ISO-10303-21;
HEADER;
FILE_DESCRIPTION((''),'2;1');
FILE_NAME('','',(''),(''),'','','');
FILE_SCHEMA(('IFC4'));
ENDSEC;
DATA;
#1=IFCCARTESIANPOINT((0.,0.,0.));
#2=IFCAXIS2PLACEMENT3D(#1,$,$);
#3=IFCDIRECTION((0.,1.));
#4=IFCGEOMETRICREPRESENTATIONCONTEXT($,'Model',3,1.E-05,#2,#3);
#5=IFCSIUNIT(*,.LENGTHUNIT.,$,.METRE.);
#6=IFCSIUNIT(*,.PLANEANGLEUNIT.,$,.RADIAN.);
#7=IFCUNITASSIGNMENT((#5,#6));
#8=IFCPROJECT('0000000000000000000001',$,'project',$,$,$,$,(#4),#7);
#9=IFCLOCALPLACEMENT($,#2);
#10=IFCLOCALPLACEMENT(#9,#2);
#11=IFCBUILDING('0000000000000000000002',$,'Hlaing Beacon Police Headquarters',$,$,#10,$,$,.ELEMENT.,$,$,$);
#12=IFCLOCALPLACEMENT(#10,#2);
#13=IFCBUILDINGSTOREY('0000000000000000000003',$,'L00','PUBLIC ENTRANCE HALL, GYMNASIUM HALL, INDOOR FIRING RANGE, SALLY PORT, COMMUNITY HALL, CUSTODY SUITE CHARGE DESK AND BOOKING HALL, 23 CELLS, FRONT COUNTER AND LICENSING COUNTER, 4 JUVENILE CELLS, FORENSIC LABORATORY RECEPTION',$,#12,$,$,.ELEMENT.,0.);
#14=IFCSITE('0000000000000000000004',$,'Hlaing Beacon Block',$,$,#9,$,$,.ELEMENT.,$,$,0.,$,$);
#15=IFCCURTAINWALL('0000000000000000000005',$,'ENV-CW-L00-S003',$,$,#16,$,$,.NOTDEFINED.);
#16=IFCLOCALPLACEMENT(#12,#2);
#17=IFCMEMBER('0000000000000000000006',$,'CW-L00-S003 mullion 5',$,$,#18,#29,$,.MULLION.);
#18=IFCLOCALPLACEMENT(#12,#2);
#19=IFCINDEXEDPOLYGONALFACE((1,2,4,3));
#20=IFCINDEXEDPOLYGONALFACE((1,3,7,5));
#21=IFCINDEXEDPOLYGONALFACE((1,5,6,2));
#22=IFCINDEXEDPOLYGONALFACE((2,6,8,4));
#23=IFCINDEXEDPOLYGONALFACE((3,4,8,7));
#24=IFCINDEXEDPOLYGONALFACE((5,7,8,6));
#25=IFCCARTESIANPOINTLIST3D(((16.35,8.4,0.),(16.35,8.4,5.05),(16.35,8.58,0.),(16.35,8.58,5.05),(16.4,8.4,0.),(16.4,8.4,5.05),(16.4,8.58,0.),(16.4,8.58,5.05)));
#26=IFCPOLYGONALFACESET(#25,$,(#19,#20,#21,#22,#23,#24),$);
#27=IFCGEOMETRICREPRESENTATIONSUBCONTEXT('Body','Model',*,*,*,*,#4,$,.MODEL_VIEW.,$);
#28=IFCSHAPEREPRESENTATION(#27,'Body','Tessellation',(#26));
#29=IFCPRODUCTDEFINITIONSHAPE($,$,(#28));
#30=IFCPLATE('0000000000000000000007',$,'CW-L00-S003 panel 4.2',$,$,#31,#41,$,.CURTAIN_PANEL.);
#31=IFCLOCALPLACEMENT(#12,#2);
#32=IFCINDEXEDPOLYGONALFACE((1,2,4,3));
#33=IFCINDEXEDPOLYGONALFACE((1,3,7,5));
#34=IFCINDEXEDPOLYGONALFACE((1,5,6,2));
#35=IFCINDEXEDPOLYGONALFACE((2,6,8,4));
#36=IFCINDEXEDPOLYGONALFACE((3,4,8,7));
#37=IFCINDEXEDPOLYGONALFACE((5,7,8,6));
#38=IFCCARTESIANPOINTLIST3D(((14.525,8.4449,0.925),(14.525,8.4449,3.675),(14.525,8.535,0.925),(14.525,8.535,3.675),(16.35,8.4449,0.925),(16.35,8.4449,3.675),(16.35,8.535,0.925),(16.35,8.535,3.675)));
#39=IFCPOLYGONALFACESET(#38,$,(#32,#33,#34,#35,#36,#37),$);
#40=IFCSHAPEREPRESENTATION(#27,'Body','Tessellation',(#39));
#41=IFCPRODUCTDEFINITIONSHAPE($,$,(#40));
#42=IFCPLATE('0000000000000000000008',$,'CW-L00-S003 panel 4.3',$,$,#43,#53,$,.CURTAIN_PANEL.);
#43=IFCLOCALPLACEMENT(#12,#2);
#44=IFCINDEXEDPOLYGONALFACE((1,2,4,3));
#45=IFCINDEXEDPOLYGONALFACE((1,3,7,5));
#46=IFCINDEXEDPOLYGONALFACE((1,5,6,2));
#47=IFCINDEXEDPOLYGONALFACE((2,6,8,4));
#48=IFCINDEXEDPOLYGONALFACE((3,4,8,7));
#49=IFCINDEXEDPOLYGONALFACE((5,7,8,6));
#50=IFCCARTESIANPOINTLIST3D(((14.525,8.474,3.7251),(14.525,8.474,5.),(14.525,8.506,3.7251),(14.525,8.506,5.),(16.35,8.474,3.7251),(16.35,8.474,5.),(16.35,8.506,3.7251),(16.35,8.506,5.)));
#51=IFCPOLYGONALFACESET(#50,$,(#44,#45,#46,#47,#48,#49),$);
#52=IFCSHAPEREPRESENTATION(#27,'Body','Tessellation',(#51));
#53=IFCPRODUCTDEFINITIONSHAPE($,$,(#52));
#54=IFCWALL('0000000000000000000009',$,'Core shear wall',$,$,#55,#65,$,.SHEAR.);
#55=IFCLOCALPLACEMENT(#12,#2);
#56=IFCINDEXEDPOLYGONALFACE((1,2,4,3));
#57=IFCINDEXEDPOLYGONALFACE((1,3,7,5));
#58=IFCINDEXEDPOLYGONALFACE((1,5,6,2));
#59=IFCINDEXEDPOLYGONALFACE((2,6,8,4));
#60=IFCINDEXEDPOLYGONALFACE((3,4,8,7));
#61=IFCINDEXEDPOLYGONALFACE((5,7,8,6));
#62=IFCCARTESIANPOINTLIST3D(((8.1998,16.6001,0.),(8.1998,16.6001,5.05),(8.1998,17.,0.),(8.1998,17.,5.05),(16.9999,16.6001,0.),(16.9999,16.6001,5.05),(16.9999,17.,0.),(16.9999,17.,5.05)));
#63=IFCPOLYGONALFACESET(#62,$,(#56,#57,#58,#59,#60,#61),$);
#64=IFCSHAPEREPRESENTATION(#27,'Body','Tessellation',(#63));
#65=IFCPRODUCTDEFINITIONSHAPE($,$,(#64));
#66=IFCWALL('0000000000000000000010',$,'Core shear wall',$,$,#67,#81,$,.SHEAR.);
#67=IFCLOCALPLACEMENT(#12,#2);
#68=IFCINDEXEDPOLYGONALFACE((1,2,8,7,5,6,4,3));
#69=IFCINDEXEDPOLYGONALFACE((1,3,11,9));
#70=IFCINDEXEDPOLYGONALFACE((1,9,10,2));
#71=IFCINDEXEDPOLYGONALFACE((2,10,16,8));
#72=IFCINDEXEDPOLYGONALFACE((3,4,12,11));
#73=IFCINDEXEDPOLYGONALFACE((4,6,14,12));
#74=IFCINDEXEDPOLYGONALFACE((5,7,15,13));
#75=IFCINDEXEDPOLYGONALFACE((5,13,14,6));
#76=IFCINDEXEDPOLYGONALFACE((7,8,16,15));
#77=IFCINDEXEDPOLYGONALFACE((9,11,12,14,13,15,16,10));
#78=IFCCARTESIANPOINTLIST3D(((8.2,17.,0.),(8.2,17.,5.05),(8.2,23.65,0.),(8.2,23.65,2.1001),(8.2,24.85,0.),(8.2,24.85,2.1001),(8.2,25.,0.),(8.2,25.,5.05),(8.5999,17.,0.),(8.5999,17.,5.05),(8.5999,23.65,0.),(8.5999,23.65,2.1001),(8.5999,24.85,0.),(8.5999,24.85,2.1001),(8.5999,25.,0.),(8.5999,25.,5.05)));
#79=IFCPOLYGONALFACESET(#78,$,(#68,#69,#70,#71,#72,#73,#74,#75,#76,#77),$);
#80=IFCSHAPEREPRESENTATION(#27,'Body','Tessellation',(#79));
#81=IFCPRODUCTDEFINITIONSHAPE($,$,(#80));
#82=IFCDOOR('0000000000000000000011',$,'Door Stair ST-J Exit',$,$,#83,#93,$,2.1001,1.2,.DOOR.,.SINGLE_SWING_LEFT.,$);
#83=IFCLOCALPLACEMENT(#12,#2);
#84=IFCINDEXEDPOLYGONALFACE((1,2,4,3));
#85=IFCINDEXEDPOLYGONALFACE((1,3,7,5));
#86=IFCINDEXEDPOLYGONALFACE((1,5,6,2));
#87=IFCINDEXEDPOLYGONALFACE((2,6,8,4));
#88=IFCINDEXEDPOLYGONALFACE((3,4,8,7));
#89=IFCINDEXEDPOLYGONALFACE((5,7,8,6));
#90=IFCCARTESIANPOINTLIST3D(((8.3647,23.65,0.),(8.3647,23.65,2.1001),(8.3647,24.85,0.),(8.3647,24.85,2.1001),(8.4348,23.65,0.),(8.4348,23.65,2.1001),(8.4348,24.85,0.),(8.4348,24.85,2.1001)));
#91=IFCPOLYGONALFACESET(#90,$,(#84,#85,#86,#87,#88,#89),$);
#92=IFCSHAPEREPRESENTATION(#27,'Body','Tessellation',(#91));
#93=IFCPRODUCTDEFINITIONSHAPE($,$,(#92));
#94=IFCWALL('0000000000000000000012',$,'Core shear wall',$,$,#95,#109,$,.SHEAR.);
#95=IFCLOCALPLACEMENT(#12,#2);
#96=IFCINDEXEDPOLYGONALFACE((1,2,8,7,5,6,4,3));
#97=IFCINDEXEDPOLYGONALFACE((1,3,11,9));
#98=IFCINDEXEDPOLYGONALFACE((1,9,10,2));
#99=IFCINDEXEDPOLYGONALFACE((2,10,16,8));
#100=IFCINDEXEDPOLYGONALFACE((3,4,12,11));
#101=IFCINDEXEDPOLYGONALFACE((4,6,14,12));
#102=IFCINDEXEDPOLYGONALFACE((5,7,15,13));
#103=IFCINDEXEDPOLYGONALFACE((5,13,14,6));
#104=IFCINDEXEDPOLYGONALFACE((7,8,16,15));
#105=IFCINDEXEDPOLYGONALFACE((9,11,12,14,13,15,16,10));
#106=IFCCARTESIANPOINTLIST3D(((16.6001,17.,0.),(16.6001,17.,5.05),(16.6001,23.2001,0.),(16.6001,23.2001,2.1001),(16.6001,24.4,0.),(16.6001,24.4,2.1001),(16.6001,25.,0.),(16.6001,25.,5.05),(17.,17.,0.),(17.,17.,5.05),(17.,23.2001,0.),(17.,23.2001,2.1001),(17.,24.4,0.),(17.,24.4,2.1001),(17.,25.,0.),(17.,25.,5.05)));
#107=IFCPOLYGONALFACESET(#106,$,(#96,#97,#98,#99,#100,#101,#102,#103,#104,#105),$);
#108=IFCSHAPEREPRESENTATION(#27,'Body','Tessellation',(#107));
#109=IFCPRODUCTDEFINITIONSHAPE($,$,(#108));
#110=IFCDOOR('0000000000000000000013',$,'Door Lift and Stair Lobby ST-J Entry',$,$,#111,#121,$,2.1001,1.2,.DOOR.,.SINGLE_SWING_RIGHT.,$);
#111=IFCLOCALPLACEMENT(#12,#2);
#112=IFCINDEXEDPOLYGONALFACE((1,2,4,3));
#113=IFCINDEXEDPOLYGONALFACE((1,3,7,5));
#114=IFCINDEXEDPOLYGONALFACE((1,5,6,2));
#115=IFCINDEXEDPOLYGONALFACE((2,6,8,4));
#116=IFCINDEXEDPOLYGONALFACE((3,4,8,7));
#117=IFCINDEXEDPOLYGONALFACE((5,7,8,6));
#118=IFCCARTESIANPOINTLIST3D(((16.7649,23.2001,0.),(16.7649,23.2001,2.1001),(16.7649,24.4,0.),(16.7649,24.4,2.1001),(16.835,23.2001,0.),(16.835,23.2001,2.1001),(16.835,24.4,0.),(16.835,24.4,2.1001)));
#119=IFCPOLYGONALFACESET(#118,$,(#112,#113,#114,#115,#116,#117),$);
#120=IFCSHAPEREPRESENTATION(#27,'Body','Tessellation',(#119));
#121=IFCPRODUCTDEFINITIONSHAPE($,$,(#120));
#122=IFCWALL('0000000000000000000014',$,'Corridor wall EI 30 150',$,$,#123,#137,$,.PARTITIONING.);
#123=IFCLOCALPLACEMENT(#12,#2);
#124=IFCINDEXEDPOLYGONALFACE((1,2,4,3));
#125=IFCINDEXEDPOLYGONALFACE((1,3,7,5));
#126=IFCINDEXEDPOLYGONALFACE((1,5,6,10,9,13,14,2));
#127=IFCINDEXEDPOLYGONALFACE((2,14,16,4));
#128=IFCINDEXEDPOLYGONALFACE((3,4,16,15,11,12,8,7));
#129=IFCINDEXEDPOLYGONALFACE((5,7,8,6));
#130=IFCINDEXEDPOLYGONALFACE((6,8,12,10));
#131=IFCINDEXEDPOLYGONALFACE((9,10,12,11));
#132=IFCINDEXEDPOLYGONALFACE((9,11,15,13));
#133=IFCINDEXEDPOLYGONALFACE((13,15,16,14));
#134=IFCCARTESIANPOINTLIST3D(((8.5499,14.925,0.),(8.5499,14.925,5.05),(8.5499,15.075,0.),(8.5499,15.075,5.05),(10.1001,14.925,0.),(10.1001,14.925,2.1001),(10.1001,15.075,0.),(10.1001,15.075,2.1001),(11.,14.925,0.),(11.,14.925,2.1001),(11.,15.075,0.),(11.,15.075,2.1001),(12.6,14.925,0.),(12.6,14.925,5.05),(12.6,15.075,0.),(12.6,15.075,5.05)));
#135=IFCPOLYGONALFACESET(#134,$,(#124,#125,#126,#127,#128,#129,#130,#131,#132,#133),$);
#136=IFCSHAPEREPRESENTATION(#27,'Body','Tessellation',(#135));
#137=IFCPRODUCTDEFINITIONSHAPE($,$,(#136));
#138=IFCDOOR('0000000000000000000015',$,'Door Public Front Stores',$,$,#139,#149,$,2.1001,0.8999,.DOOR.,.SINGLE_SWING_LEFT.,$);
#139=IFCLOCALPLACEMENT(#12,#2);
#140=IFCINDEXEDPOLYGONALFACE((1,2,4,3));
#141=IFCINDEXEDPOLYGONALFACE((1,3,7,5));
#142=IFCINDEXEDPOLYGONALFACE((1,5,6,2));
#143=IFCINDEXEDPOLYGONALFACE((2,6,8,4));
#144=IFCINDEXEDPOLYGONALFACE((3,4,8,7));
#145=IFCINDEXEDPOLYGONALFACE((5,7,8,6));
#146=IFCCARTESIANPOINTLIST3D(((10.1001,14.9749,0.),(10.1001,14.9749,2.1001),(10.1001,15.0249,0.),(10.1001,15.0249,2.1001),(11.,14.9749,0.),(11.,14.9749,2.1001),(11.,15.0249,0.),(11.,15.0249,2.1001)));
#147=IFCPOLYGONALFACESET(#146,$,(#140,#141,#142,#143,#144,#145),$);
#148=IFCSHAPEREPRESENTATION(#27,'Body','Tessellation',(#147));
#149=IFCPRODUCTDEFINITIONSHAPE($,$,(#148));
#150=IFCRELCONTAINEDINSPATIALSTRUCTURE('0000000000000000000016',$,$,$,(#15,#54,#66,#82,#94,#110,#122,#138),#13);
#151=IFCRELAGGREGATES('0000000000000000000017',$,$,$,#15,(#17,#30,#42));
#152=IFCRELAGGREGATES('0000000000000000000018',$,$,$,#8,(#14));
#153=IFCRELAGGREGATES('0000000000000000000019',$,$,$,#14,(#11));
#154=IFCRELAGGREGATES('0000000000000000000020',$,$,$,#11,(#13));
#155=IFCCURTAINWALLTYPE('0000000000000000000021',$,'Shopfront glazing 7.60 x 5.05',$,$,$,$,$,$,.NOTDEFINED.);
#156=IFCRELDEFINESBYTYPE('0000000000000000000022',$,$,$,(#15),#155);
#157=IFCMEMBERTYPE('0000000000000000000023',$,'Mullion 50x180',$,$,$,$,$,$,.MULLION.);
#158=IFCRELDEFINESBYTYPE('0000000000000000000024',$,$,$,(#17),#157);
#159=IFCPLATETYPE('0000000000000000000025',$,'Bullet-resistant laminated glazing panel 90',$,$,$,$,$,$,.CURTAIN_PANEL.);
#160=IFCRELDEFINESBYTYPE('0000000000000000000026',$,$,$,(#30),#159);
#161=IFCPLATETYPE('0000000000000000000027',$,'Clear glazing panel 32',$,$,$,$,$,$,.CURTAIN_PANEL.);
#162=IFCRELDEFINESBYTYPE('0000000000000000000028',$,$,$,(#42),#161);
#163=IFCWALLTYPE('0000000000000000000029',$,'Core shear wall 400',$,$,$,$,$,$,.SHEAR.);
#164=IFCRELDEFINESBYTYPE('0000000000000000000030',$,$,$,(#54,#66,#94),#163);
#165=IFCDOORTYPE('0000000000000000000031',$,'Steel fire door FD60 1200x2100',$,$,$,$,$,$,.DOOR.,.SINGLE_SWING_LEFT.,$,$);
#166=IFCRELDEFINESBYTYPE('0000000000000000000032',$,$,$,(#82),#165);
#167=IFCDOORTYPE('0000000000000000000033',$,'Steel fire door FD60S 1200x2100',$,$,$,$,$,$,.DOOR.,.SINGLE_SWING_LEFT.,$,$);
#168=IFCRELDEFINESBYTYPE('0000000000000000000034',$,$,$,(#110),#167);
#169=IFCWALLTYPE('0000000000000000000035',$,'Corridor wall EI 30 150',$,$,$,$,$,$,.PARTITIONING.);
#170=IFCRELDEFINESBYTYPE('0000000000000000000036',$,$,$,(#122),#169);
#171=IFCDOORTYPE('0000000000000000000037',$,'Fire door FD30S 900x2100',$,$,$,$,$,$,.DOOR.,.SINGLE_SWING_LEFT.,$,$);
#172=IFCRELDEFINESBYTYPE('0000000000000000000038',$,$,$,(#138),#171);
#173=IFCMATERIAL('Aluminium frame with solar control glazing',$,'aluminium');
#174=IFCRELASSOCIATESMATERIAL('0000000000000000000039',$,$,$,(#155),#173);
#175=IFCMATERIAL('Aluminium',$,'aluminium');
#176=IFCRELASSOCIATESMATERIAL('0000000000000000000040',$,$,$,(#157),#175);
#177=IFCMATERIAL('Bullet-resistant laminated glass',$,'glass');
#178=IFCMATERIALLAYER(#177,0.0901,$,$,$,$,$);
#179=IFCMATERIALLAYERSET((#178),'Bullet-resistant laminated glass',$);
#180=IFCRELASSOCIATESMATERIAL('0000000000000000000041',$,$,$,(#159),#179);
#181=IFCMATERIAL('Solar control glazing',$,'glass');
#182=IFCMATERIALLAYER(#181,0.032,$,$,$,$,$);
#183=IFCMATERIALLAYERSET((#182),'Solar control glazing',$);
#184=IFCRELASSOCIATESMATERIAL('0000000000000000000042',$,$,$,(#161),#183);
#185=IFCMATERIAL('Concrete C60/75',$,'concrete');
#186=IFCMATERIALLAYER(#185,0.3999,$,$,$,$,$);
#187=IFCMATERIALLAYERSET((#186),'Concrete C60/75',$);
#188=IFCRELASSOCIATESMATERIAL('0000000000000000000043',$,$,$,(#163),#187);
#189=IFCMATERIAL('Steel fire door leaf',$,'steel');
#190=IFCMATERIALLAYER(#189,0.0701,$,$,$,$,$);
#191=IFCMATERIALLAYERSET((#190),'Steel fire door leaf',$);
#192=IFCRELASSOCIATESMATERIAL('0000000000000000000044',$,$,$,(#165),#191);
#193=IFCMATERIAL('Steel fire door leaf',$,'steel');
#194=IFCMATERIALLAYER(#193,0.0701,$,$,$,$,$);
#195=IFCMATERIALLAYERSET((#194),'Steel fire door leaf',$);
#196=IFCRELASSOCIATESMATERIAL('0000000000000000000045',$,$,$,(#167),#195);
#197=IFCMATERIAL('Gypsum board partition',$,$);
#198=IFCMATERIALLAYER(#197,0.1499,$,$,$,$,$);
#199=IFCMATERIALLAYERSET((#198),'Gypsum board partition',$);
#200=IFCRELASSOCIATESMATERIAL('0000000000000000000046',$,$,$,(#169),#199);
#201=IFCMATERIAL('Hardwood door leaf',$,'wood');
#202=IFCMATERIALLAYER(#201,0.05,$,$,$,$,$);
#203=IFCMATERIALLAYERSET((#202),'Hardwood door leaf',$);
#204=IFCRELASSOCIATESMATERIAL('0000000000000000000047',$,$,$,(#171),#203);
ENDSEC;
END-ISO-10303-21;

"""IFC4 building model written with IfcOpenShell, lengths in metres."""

from ifc_helpers import new_model, si_unit, direction, frame, frame_2d, origin, origin_2d, place, context, subcontext, project, spatial, rectangle, extrude, material, layer, layer_set, material_profile, profile_set, type_object, element, fill, aggregate, save


model = new_model("IFC4")

# Units and contexts
model_context = context("Model", 3, precision=1e-05, world=origin(), true_north=direction((0.0, 1.0)))
body_context = subcontext(model_context, "Body", "Model", "MODEL_VIEW")
ifc_project = project(units=[si_unit("LENGTHUNIT", "METRE"), si_unit("PLANEANGLEUNIT", "RADIAN")], contexts=[model_context])

# Site, building, storey
site_placement = place(None, origin())
site = spatial("IfcSite", under=ifc_project, at=site_placement, Name="Hlaing Beacon Block", CompositionType="ELEMENT", RefElevation=0.0)
building_placement = place(site_placement, origin())
building = spatial("IfcBuilding", under=site, at=building_placement, Name="Hlaing Beacon Police Headquarters", CompositionType="ELEMENT")
storey_placement = place(building_placement, origin())
storey = spatial("IfcBuildingStorey", under=building, at=storey_placement, Name="L00", Description="PUBLIC ENTRANCE HALL, GYMNASIUM HALL, INDOOR FIRING RANGE, SALLY PORT, COMMUNITY HALL, CUSTODY SUITE CHARGE DESK AND BOOKING HALL, 23 CELLS, FRONT COUNTER AND LICENSING COUNTER, 4 JUVENILE CELLS, FORENSIC LABORATORY RECEPTION", CompositionType="ELEMENT", Elevation=0.0)

# Curtain wall, member, plates
ifc_material_1 = material(Name="Aluminium frame with solar control glazing", Category="aluminium")
curtain_wall_type = type_object("IfcCurtainWallType", Name="Shopfront glazing 7.60 x 5.05", PredefinedType="NOTDEFINED", material=ifc_material_1)
curtain_wall_placement = place(storey_placement, origin())
curtain_wall = element("IfcCurtainWall", 1, at=curtain_wall_placement, inside=storey, type_object=curtain_wall_type, Name="ENV-CW-L00-S003", PredefinedType="NOTDEFINED")
ifc_material_2 = material(Name="Aluminium", Category="aluminium")
ifc_material_profile = material_profile(ifc_material_2, rectangle(XDim=0.1799, YDim=0.05, at=origin_2d()), Name="Mullion 50x180")
ifc_profile_set = profile_set([ifc_material_profile], Name="Aluminium")
member_type = type_object("IfcMemberType", Name="Mullion 50x180", PredefinedType="MULLION", material=ifc_profile_set)
member_placement = place(storey_placement, frame((16.375, 8.49, 0.0), z_axis=(0.0, 0.0, 1.0), x_axis=(0.0, 1.0, 0.0)))
member = element("IfcMember", 2, at=member_placement, type_object=member_type, Name="CW-L00-S003 mullion 5", PredefinedType="MULLION", context=body_context, shape_type="SweptSolid", body=[
    extrude(rectangle(XDim=0.1799, YDim=0.05, at=origin_2d()), origin(), (0.0, 0.0, 1.0), 5.05),
])
ifc_material_3 = material(Name="Bullet-resistant laminated glass", Category="glass")
ifc_layer_1 = layer(ifc_material_3, 0.0901)
ifc_layer_set_1 = layer_set([ifc_layer_1], Name="Bullet-resistant laminated glass")
plate_type_1 = type_object("IfcPlateType", Name="Bullet-resistant laminated glazing panel 90", PredefinedType="CURTAIN_PANEL", material=ifc_layer_set_1)
plate_1_placement = place(storey_placement, frame((15.4375, 8.49, 0.925), z_axis=(0.0, 0.0, 1.0), x_axis=(1.0, 0.0, 0.0)))
plate_1 = element("IfcPlate", 3, at=plate_1_placement, type_object=plate_type_1, Name="CW-L00-S003 panel 4.2", PredefinedType="CURTAIN_PANEL", context=body_context, shape_type="SweptSolid", body=[
    extrude(rectangle(XDim=1.825, YDim=0.0901, at=origin_2d()), origin(), (0.0, 0.0, 1.0), 2.75),
])
ifc_material_4 = material(Name="Solar control glazing", Category="glass")
ifc_layer_2 = layer(ifc_material_4, 0.032)
ifc_layer_set_2 = layer_set([ifc_layer_2], Name="Solar control glazing")
plate_type_2 = type_object("IfcPlateType", Name="Clear glazing panel 32", PredefinedType="CURTAIN_PANEL", material=ifc_layer_set_2)
plate_2_placement = place(storey_placement, frame((15.4375, 8.49, 3.7251), z_axis=(0.0, 0.0, 1.0), x_axis=(1.0, 0.0, 0.0)))
plate_2 = element("IfcPlate", 4, at=plate_2_placement, type_object=plate_type_2, Name="CW-L00-S003 panel 4.3", PredefinedType="CURTAIN_PANEL", context=body_context, shape_type="SweptSolid", body=[
    extrude(rectangle(XDim=1.825, YDim=0.032, at=origin_2d()), origin(), (0.0, 0.0, 1.0), 1.2749),
])
aggregate(curtain_wall, [member, plate_1, plate_2])

# Wall
ifc_material_5 = material(Name="Concrete C60/75", Category="concrete")
ifc_layer_3 = layer(ifc_material_5, 0.3999)
ifc_layer_set_3 = layer_set([ifc_layer_3], Name="Concrete C60/75")
wall_type_1 = type_object("IfcWallType", Name="Core shear wall 400", PredefinedType="SHEAR", material=ifc_layer_set_3)
wall_1_placement = place(storey_placement, frame((8.2, 16.8, 0.0), z_axis=(0.0, 0.0, 1.0), x_axis=(1.0, 0.0, 0.0)))
element("IfcWall", 5, at=wall_1_placement, inside=storey, type_object=wall_type_1, Name="Core shear wall", PredefinedType="SHEAR", context=body_context, shape_type="SweptSolid", body=[
    extrude(rectangle(XDim=8.8, YDim=0.3999, at=frame_2d((4.3999, 0.0))), origin(), (0.0, 0.0, 1.0), 5.05),
])

# Walls, openings, doors
wall_2_placement = place(storey_placement, frame((8.3999, 17.0, 0.0), z_axis=(0.0, 0.0, 1.0), x_axis=(0.0, 1.0, 0.0)))
wall_2 = element("IfcWall", 6, at=wall_2_placement, inside=storey, type_object=wall_type_1, Name="Core shear wall", PredefinedType="SHEAR", context=body_context, shape_type="SweptSolid", body=[
    extrude(rectangle(XDim=8.0, YDim=0.3999, at=frame_2d((4.0, 0.0))), origin(), (0.0, 0.0, 1.0), 5.05),
])
opening_1_placement = place(wall_2_placement, frame((6.6499, 0.0, 0.0)))
opening_1 = element("IfcOpeningElement", 7, at=opening_1_placement, cuts=wall_2, PredefinedType="OPENING", context=body_context, shape_type="SweptSolid", body=[
    extrude(rectangle(XDim=1.2, YDim=2.1001, at=frame_2d((0.6001, 1.05))), frame((0.0, 0.21, 0.0), z_axis=(0.0, -1.0, 0.0), x_axis=(1.0, 0.0, 0.0)), (0.0, 0.0, 1.0), 0.4199),
])
ifc_material_6 = material(Name="Steel fire door leaf", Category="steel")
ifc_layer_4 = layer(ifc_material_6, 0.0701)
ifc_layer_set_4 = layer_set([ifc_layer_4], Name="Steel fire door leaf")
door_type_1 = type_object("IfcDoorType", Name="Steel fire door FD60 1200x2100", OperationType="SINGLE_SWING_LEFT", PredefinedType="DOOR", material=ifc_layer_set_4)
door_1_placement = place(opening_1_placement, origin())
door_1 = element("IfcDoor", 8, at=door_1_placement, inside=storey, type_object=door_type_1, Name="Door Stair ST-J Exit", OperationType="SINGLE_SWING_LEFT", OverallHeight=2.1001, OverallWidth=1.2, PredefinedType="DOOR", context=body_context, shape_type="SweptSolid", body=[
    extrude(rectangle(XDim=1.2, YDim=2.1001, at=frame_2d((0.6001, 1.05))), frame((0.0, 0.0352, 0.0), z_axis=(0.0, -1.0, 0.0), x_axis=(1.0, 0.0, 0.0)), (0.0, 0.0, 1.0), 0.0701),
])
fill(opening_1, door_1)
wall_3_placement = place(storey_placement, frame((16.8, 17.0, 0.0), z_axis=(0.0, 0.0, 1.0), x_axis=(0.0, 1.0, 0.0)))
wall_3 = element("IfcWall", 9, at=wall_3_placement, inside=storey, type_object=wall_type_1, Name="Core shear wall", PredefinedType="SHEAR", context=body_context, shape_type="SweptSolid", body=[
    extrude(rectangle(XDim=8.0, YDim=0.3999, at=frame_2d((4.0, 0.0))), origin(), (0.0, 0.0, 1.0), 5.05),
])
opening_2_placement = place(wall_3_placement, frame((6.2, 0.0, 0.0)))
opening_2 = element("IfcOpeningElement", 10, at=opening_2_placement, cuts=wall_3, PredefinedType="OPENING", context=body_context, shape_type="SweptSolid", body=[
    extrude(rectangle(XDim=1.2, YDim=2.1001, at=frame_2d((0.6001, 1.05))), frame((0.0, 0.21, 0.0), z_axis=(0.0, -1.0, 0.0), x_axis=(1.0, 0.0, 0.0)), (0.0, 0.0, 1.0), 0.4199),
])
ifc_material_7 = material(Name="Steel fire door leaf", Category="steel")
ifc_layer_5 = layer(ifc_material_7, 0.0701)
ifc_layer_set_5 = layer_set([ifc_layer_5], Name="Steel fire door leaf")
door_type_2 = type_object("IfcDoorType", Name="Steel fire door FD60S 1200x2100", OperationType="SINGLE_SWING_LEFT", PredefinedType="DOOR", material=ifc_layer_set_5)
door_2_placement = place(opening_2_placement, origin())
door_2 = element("IfcDoor", 11, at=door_2_placement, inside=storey, type_object=door_type_2, Name="Door Lift and Stair Lobby ST-J Entry", OperationType="SINGLE_SWING_RIGHT", OverallHeight=2.1001, OverallWidth=1.2, PredefinedType="DOOR", context=body_context, shape_type="SweptSolid", body=[
    extrude(rectangle(XDim=1.2, YDim=2.1001, at=frame_2d((0.6001, 1.05))), frame((0.0, 0.0352, 0.0), z_axis=(0.0, -1.0, 0.0), x_axis=(1.0, 0.0, 0.0)), (0.0, 0.0, 1.0), 0.0701),
])
fill(opening_2, door_2)
ifc_material_8 = material(Name="Gypsum board partition")
ifc_layer_6 = layer(ifc_material_8, 0.1499)
ifc_layer_set_6 = layer_set([ifc_layer_6], Name="Gypsum board partition")
wall_type_2 = type_object("IfcWallType", Name="Corridor wall EI 30 150", PredefinedType="PARTITIONING", material=ifc_layer_set_6)
wall_4_placement = place(storey_placement, frame((8.55, 15.0, 0.0), z_axis=(0.0, 0.0, 1.0), x_axis=(1.0, 0.0, 0.0)))
wall_4 = element("IfcWall", 12, at=wall_4_placement, inside=storey, type_object=wall_type_2, Name="Corridor wall EI 30 150", PredefinedType="PARTITIONING", context=body_context, shape_type="SweptSolid", body=[
    extrude(rectangle(XDim=4.05, YDim=0.1499, at=frame_2d((2.0249, 0.0))), origin(), (0.0, 0.0, 1.0), 5.05),
])
opening_3_placement = place(wall_4_placement, frame((1.55, 0.0, 0.0)))
opening_3 = element("IfcOpeningElement", 13, at=opening_3_placement, cuts=wall_4, PredefinedType="OPENING", context=body_context, shape_type="SweptSolid", body=[
    extrude(rectangle(XDim=0.8999, YDim=2.1001, at=frame_2d((0.45, 1.05))), frame((0.0, 0.085, 0.0), z_axis=(0.0, -1.0, 0.0), x_axis=(1.0, 0.0, 0.0)), (0.0, 0.0, 1.0), 0.1699),
])
ifc_material_9 = material(Name="Hardwood door leaf", Category="wood")
ifc_layer_7 = layer(ifc_material_9, 0.05)
ifc_layer_set_7 = layer_set([ifc_layer_7], Name="Hardwood door leaf")
door_type_3 = type_object("IfcDoorType", Name="Fire door FD30S 900x2100", OperationType="SINGLE_SWING_LEFT", PredefinedType="DOOR", material=ifc_layer_set_7)
door_3_placement = place(opening_3_placement, frame((0.8999, 0.0, 0.0), z_axis=(0.0, 0.0, 1.0), x_axis=(-1.0, 0.0, 0.0)))
door_3 = element("IfcDoor", 14, at=door_3_placement, inside=storey, type_object=door_type_3, Name="Door Public Front Stores", OperationType="SINGLE_SWING_LEFT", OverallHeight=2.1001, OverallWidth=0.8999, PredefinedType="DOOR", context=body_context, shape_type="SweptSolid", body=[
    extrude(rectangle(XDim=0.8999, YDim=2.1001, at=frame_2d((0.45, 1.05))), frame((0.0, 0.0251, 0.0), z_axis=(0.0, -1.0, 0.0), x_axis=(1.0, 0.0, 0.0)), (0.0, 0.0, 1.0), 0.05),
])
fill(opening_3, door_3)

save(model, "model.ifc")
